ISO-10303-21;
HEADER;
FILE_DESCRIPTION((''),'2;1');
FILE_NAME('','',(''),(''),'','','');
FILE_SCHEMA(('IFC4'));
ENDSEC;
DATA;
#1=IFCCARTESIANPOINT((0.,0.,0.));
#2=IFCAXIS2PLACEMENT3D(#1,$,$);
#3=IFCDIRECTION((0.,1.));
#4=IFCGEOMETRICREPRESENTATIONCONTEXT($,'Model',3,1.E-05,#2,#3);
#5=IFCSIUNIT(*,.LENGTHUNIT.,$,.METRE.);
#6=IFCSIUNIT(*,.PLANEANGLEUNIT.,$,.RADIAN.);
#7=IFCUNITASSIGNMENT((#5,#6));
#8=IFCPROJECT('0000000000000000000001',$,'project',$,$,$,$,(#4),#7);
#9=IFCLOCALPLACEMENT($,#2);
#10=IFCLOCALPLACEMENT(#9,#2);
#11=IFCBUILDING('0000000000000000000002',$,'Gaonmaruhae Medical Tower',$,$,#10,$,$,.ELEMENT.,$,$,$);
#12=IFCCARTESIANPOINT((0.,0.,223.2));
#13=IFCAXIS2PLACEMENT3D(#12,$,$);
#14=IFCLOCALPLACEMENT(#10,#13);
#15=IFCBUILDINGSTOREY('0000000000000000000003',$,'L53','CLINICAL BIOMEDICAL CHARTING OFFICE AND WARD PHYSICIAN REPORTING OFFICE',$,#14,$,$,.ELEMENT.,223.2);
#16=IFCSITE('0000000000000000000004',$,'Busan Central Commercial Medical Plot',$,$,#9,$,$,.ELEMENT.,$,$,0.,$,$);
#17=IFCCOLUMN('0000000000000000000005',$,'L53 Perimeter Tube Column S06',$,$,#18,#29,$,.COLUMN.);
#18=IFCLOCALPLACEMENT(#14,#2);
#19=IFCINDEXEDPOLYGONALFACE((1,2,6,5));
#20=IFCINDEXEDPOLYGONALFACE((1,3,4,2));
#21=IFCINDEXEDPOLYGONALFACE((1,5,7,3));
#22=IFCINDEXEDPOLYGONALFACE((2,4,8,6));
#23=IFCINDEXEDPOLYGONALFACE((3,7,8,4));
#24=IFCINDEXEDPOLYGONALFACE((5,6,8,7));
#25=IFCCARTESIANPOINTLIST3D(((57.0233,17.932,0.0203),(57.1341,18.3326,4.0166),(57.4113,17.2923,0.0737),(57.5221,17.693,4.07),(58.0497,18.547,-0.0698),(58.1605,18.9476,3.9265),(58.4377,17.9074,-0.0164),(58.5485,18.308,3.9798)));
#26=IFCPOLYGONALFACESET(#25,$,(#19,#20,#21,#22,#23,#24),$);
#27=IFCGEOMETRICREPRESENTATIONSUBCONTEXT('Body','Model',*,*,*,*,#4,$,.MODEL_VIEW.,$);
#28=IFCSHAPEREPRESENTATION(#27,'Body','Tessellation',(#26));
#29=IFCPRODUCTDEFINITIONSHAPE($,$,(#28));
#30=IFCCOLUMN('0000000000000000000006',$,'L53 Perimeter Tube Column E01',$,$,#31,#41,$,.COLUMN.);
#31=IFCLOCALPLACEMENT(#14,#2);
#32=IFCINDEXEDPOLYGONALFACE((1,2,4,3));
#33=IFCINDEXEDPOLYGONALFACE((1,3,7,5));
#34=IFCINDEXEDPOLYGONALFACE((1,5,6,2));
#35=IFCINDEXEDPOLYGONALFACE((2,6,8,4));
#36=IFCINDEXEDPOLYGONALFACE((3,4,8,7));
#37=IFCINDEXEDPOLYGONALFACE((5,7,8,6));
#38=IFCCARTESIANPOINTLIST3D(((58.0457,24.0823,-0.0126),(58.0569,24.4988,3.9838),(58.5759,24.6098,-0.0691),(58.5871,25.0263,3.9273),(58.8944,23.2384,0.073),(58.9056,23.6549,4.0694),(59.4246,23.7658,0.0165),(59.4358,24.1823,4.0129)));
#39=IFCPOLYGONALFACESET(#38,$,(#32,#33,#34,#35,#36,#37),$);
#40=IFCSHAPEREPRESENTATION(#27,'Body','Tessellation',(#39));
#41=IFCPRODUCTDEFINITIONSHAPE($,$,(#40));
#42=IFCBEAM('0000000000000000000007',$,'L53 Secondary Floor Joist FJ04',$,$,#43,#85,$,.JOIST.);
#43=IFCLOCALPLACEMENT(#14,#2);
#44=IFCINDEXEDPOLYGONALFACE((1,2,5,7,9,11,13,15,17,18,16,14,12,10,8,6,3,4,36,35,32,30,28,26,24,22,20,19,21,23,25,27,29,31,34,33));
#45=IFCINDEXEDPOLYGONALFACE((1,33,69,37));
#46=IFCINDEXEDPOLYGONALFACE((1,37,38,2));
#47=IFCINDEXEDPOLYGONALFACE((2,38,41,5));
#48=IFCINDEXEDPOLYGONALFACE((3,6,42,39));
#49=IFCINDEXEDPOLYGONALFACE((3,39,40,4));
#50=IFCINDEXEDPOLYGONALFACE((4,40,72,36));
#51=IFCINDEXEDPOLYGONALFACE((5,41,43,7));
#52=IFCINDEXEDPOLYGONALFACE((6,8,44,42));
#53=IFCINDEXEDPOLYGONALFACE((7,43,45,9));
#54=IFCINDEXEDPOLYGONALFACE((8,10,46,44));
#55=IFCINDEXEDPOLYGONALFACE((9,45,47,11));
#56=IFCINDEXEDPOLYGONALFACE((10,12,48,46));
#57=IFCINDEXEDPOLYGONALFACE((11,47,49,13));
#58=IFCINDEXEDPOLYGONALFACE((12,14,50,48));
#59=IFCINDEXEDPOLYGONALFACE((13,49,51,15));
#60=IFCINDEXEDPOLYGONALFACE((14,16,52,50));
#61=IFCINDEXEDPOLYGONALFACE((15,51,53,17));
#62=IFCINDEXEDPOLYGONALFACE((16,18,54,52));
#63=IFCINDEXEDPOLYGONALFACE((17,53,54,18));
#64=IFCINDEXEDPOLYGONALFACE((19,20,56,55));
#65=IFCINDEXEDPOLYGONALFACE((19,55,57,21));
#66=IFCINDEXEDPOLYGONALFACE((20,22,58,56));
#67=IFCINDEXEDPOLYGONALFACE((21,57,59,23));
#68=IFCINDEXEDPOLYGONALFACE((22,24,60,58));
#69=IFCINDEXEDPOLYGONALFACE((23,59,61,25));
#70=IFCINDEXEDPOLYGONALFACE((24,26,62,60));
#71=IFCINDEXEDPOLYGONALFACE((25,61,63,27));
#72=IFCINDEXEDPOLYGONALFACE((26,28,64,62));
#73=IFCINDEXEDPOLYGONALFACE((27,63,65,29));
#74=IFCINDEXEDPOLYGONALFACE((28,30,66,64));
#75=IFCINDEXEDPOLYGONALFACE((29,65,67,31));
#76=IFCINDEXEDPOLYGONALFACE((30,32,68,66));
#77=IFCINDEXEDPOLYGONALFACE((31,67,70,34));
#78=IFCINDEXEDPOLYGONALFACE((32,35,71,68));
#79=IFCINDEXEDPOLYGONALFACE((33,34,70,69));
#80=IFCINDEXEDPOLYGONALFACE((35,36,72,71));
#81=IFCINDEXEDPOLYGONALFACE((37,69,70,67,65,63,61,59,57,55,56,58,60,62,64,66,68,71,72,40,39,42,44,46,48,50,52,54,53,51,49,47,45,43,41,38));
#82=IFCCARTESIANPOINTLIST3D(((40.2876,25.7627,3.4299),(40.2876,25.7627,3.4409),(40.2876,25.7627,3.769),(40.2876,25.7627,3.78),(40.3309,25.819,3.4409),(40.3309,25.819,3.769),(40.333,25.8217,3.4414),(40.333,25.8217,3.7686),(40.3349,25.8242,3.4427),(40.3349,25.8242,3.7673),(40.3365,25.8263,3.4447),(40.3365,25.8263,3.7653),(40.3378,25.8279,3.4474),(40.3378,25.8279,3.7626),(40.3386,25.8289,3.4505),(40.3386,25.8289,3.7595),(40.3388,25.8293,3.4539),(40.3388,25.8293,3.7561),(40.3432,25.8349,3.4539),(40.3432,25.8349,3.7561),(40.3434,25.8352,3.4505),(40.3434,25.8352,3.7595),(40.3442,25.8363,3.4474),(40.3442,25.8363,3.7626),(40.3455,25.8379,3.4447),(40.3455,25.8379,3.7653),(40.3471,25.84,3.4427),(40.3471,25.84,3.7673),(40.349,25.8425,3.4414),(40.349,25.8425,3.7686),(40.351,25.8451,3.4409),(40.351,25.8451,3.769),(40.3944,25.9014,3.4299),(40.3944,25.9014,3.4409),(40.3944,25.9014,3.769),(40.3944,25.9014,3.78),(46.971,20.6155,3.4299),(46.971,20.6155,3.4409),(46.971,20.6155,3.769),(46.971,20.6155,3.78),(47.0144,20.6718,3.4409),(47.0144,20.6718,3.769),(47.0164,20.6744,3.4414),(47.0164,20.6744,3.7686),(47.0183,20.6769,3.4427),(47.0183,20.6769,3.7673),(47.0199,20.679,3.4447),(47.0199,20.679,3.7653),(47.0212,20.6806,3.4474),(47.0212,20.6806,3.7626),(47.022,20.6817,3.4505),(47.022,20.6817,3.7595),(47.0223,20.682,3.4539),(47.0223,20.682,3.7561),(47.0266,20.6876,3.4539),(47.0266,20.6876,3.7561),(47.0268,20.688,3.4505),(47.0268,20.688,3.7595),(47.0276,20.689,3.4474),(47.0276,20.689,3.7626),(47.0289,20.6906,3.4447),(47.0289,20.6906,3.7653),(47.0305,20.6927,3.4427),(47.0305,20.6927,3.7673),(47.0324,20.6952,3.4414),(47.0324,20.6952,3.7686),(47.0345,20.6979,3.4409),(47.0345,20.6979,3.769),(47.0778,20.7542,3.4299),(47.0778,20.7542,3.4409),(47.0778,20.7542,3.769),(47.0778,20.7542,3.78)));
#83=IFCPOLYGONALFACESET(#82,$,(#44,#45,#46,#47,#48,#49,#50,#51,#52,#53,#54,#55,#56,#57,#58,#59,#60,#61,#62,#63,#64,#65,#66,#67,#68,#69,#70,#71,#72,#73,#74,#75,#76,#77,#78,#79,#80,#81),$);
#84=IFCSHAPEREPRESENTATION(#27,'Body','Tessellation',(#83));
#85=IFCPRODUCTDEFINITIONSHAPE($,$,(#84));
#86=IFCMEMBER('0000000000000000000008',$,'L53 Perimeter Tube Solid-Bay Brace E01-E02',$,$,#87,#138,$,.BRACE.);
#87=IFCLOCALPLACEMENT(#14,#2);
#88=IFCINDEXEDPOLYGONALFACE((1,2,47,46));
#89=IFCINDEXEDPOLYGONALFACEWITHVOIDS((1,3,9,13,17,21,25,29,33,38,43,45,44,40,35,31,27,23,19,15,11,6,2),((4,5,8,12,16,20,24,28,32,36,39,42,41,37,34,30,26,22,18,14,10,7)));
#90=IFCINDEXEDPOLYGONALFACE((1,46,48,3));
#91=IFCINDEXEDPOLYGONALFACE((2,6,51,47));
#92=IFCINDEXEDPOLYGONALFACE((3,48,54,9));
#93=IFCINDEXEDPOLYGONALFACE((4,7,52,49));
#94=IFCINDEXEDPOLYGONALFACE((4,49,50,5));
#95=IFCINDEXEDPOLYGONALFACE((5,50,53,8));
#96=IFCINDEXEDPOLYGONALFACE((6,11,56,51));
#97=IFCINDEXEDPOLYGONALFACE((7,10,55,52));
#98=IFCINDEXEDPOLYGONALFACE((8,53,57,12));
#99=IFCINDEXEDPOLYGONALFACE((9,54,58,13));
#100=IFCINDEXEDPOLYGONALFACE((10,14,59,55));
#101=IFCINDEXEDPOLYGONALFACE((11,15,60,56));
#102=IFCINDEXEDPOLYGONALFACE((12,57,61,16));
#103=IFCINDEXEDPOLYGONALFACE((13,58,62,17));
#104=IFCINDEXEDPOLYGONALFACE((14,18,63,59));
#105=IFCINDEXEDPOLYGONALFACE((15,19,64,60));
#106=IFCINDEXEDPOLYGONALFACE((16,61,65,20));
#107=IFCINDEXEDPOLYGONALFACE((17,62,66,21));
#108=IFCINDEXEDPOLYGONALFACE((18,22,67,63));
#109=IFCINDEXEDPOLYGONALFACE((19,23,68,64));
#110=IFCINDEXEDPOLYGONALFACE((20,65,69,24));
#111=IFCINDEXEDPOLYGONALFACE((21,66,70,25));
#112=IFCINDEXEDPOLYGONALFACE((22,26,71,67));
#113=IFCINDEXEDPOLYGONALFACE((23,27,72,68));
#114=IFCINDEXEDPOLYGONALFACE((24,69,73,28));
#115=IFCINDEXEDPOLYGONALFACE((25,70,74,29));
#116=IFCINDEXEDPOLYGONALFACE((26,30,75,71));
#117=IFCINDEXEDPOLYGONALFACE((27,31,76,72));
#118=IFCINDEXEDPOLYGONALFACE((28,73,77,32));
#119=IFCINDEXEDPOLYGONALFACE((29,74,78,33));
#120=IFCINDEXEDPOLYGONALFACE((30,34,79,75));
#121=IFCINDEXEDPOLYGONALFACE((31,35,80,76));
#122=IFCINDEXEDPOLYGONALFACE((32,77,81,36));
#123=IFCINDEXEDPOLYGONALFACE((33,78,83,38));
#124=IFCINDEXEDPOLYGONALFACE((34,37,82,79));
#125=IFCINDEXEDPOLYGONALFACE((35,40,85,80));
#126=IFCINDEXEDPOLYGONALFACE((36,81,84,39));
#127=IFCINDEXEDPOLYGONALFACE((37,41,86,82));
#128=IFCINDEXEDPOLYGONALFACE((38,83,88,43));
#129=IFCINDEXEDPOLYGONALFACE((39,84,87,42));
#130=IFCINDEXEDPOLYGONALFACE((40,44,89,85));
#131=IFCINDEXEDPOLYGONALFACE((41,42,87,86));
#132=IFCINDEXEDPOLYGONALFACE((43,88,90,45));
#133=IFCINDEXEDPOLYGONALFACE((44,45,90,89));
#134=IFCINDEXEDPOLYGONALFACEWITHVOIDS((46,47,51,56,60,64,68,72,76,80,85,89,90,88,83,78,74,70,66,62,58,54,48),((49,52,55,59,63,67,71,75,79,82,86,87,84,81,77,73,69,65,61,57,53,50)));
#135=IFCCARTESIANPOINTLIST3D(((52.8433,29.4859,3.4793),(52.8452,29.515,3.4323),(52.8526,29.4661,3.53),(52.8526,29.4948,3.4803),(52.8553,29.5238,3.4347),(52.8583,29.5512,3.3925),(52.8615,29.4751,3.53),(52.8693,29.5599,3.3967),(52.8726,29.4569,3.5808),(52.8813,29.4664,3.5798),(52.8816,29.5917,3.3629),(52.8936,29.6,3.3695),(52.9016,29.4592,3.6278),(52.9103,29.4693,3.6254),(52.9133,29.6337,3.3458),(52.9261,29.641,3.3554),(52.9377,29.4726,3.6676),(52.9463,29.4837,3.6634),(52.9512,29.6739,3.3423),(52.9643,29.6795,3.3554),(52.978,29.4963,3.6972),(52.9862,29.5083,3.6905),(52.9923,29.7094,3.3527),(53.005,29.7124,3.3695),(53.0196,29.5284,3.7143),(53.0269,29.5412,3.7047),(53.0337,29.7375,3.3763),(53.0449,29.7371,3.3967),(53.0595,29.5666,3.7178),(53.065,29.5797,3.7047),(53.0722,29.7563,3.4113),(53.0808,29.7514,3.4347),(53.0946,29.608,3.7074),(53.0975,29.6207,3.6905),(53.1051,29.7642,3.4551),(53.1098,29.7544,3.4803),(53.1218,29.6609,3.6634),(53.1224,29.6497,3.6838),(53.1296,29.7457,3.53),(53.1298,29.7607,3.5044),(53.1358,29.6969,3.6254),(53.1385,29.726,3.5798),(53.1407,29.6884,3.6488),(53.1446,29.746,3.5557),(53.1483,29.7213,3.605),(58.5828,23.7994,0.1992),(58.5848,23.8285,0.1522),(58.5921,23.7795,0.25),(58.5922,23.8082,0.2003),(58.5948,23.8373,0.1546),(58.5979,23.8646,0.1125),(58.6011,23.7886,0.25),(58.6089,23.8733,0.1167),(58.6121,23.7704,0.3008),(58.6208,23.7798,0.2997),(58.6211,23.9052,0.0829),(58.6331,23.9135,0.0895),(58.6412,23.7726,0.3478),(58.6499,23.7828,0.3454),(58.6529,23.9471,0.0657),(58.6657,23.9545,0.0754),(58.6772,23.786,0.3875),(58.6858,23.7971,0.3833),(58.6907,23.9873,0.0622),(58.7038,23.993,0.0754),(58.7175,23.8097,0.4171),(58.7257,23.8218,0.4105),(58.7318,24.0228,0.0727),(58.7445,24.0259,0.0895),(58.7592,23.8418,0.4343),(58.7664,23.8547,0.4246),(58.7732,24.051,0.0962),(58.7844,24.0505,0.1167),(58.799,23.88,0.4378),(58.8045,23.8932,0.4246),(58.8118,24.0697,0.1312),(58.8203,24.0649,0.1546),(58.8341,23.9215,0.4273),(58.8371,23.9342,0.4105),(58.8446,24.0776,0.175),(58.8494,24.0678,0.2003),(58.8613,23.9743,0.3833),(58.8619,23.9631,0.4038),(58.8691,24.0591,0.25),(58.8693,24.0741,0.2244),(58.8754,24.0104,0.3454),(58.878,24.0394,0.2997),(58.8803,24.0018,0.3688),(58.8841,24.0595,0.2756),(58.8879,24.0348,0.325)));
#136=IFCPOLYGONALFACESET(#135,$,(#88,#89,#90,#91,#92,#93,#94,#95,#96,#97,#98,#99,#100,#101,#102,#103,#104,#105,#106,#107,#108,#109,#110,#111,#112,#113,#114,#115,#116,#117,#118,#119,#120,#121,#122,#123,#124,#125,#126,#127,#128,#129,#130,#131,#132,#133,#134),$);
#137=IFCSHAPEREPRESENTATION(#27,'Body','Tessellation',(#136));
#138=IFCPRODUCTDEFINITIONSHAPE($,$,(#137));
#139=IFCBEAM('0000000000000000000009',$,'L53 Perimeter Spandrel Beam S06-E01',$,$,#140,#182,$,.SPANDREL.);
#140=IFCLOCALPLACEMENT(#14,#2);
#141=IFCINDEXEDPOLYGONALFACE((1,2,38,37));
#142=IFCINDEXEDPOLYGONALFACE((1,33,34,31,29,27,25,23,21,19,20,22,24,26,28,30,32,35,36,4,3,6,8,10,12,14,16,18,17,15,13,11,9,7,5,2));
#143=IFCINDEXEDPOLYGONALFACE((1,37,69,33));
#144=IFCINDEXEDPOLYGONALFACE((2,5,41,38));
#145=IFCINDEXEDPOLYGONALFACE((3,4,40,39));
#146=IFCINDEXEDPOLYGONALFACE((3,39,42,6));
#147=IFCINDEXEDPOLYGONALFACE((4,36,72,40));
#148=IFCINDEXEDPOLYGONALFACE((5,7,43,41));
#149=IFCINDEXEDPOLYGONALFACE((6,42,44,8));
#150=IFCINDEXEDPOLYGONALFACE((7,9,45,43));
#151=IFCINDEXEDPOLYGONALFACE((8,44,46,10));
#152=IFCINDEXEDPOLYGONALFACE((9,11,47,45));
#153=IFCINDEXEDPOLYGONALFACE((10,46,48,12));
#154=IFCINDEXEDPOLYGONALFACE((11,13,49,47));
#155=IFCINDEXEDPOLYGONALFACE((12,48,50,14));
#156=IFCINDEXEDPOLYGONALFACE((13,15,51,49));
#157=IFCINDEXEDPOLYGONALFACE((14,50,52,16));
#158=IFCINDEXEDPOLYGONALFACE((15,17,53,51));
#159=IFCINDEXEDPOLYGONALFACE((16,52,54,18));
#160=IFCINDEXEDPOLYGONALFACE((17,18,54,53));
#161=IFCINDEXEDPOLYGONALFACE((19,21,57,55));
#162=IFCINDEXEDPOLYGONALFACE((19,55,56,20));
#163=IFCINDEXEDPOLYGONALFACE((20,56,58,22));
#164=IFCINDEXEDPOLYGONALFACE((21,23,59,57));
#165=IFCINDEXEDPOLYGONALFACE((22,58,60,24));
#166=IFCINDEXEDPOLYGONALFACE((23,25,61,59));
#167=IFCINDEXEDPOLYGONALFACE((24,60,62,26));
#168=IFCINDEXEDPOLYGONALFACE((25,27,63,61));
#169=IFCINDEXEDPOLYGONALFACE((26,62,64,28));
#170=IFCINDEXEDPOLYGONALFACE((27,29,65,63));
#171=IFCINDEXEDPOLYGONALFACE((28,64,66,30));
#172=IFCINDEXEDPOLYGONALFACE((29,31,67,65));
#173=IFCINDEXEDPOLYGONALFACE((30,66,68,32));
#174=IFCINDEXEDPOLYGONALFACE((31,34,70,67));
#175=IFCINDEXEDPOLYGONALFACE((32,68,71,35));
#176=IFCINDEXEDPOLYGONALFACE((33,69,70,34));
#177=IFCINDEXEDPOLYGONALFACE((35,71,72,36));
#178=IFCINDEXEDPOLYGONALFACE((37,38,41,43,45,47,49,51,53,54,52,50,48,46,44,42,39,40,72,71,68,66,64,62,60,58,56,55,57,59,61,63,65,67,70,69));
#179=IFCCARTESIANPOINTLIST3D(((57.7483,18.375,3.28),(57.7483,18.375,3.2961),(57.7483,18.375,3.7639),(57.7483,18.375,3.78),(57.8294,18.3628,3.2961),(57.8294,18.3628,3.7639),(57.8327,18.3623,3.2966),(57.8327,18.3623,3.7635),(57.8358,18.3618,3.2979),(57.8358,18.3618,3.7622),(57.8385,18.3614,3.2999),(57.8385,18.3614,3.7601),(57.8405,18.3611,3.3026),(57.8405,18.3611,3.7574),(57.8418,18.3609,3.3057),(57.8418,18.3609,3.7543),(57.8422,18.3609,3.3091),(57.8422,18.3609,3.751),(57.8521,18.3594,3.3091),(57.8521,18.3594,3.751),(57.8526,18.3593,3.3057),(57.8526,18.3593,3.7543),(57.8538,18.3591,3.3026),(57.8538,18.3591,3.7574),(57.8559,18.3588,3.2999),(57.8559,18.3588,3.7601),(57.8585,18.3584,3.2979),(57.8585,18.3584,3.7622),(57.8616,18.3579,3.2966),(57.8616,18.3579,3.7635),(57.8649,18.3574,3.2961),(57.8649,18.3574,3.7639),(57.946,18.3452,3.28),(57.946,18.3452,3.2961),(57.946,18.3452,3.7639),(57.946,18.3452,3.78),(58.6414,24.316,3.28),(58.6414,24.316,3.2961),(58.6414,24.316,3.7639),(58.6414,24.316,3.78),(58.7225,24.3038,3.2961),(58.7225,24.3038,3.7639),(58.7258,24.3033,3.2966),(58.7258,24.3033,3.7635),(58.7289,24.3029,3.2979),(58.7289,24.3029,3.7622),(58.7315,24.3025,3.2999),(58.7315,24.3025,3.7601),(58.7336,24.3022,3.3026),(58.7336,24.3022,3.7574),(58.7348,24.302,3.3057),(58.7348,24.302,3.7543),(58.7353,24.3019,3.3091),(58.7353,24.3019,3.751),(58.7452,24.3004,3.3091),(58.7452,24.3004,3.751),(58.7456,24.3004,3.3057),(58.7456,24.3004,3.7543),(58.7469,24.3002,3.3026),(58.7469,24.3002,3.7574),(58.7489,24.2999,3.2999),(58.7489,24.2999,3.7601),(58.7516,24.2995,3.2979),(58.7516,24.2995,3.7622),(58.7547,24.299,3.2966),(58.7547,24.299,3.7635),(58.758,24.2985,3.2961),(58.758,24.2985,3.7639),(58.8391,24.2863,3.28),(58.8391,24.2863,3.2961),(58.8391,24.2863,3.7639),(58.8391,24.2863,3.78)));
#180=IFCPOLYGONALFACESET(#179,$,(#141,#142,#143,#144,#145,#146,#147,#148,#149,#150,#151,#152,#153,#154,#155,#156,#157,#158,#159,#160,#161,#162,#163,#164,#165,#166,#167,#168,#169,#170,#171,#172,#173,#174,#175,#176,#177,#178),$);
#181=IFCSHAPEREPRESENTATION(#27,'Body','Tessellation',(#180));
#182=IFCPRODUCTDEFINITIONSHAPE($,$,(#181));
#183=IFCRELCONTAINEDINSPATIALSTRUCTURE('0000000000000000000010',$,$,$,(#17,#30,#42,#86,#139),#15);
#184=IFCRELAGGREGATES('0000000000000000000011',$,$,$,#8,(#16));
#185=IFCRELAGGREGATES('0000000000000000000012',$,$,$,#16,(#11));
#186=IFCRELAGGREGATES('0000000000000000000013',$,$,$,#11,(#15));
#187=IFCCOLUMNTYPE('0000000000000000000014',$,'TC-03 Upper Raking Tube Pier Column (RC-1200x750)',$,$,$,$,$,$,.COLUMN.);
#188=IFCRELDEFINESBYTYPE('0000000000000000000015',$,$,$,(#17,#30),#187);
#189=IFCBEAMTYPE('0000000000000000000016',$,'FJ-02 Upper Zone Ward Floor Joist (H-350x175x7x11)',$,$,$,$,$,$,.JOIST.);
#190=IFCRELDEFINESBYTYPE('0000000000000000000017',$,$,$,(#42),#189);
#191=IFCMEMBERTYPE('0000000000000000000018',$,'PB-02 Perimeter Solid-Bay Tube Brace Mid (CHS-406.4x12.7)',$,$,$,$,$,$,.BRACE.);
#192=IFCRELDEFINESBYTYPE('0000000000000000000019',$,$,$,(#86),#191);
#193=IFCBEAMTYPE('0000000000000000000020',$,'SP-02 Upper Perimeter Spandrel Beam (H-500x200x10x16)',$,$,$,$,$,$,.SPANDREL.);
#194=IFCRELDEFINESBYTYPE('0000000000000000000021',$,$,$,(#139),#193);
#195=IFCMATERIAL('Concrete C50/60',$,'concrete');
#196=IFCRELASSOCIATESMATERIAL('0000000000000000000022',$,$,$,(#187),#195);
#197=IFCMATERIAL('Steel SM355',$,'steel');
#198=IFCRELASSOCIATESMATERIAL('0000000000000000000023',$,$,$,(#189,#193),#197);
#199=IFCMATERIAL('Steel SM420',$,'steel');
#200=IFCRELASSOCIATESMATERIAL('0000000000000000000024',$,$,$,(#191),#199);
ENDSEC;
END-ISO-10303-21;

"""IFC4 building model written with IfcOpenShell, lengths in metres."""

from ifc_helpers import new_model, si_unit, direction, frame, origin, origin_2d, place, context, subcontext, project, spatial, rectangle, hollow_circle, i_section, extrude, material, material_profile, profile_set, type_object, element, save


model = new_model("IFC4")

# Units and contexts
model_context = context("Model", 3, precision=1e-05, world=origin(), true_north=direction((0.0, 1.0)))
body_context = subcontext(model_context, "Body", "Model", "MODEL_VIEW")
ifc_project = project(units=[si_unit("LENGTHUNIT", "METRE"), si_unit("PLANEANGLEUNIT", "RADIAN")], contexts=[model_context])

# Site, building, storey
site_placement = place(None, origin())
site = spatial("IfcSite", under=ifc_project, at=site_placement, Name="Busan Central Commercial Medical Plot", CompositionType="ELEMENT", RefElevation=0.0)
building_placement = place(site_placement, origin())
building = spatial("IfcBuilding", under=site, at=building_placement, Name="Gaonmaruhae Medical Tower", CompositionType="ELEMENT")
storey_placement = place(building_placement, frame((0.0, 0.0, 223.2)))
storey = spatial("IfcBuildingStorey", under=building, at=storey_placement, Name="L53", Description="CLINICAL BIOMEDICAL CHARTING OFFICE AND WARD PHYSICIAN REPORTING OFFICE", CompositionType="ELEMENT", Elevation=223.2)

# Columns
ifc_material_1 = material(Name="Concrete C50/60", Category="concrete")
ifc_material_profile_1 = material_profile(ifc_material_1, rectangle(XDim=1.2, YDim=0.75, at=origin_2d()), Name="RC-1200x750")
ifc_profile_set_1 = profile_set([ifc_material_profile_1], Name="Concrete C50/60")
column_type = type_object("IfcColumnType", Name="TC-03 Upper Raking Tube Pier Column (RC-1200x750)", PredefinedType="COLUMN", material=ifc_profile_set_1)
column_1_placement = place(storey_placement, frame((57.7305, 17.9197, 0.002), z_axis=(0.027587, 0.099713, 0.994634), x_axis=(-0.855361, -0.512559, 0.075108)))
element("IfcColumn", 1, at=column_1_placement, inside=storey, type_object=column_type, Name="L53 Perimeter Tube Column S06", PredefinedType="COLUMN", context=body_context, shape_type="SweptSolid", body=[
    extrude(rectangle(XDim=1.2, YDim=0.75, at=origin_2d()), origin(), (0.0, 0.0, 1.0), 4.0178),
])
column_2_placement = place(storey_placement, frame((58.7351, 23.9241, 0.002), z_axis=(0.002795, 0.10366, 0.994609), x_axis=(0.707274, -0.703333, 0.071315)))
element("IfcColumn", 2, at=column_2_placement, inside=storey, type_object=column_type, Name="L53 Perimeter Tube Column E01", PredefinedType="COLUMN", context=body_context, shape_type="SweptSolid", body=[
    extrude(rectangle(XDim=1.2, YDim=0.75, at=origin_2d()), origin(), (0.0, 0.0, 1.0), 4.0181),
])

# Beam
ifc_material_2 = material(Name="Steel SM355", Category="steel")
ifc_material_profile_2 = material_profile(ifc_material_2, i_section(OverallWidth=0.175, OverallDepth=0.3501, WebThickness=0.0071, FlangeThickness=0.011, FilletRadius=0.0129, at=origin_2d()), Name="H-350x175x7x11")
ifc_profile_set_2 = profile_set([ifc_material_profile_2], Name="Steel SM355")
beam_type_1 = type_object("IfcBeamType", Name="FJ-02 Upper Zone Ward Floor Joist (H-350x175x7x11)", PredefinedType="JOIST", material=ifc_profile_set_2)
beam_1_placement = place(storey_placement, frame((47.0244, 20.6848, 3.605), z_axis=(-0.79227, 0.610171, 0.0), x_axis=(-0.610171, -0.79227, 0.0)))
element("IfcBeam", 3, at=beam_1_placement, inside=storey, type_object=beam_type_1, Name="L53 Secondary Floor Joist FJ04", PredefinedType="JOIST", context=body_context, shape_type="SweptSolid", body=[
    extrude(i_section(OverallWidth=0.175, OverallDepth=0.3501, WebThickness=0.0071, FlangeThickness=0.011, FilletRadius=0.0129, at=origin_2d()), origin(), (0.0, 0.0, 1.0), 8.4358),
])

# Member
ifc_material_3 = material(Name="Steel SM420", Category="steel")
ifc_material_profile_3 = material_profile(ifc_material_3, hollow_circle(Radius=0.2031, WallThickness=0.0127, at=origin_2d()), Name="CHS-406.4x12.7")
ifc_profile_set_3 = profile_set([ifc_material_profile_3], Name="Steel SM420")
member_type = type_object("IfcMemberType", Name="PB-02 Perimeter Solid-Bay Tube Brace Mid (CHS-406.4x12.7)", PredefinedType="BRACE", material=ifc_profile_set_3)
member_placement = place(storey_placement, frame((58.7351, 23.9238, 0.25), z_axis=(-0.658206, 0.65213, 0.376154), x_axis=(-0.703821, -0.710378, 0.0)))
element("IfcMember", 4, at=member_placement, inside=storey, type_object=member_type, Name="L53 Perimeter Tube Solid-Bay Brace E01-E02", PredefinedType="BRACE", context=body_context, shape_type="SweptSolid", body=[
    extrude(hollow_circle(Radius=0.2031, WallThickness=0.0127, at=origin_2d()), origin(), (0.0, 0.0, 1.0), 8.72),
])

# Beam
ifc_material_profile_4 = material_profile(ifc_material_2, i_section(OverallWidth=0.2, OverallDepth=0.5, WebThickness=0.01, FlangeThickness=0.0161, FilletRadius=0.0129, at=origin_2d()), Name="H-500x200x10x16")
ifc_profile_set_4 = profile_set([ifc_material_profile_4], Name="Steel SM355")
beam_type_2 = type_object("IfcBeamType", Name="SP-02 Upper Perimeter Spandrel Beam (H-500x200x10x16)", PredefinedType="SPANDREL", material=ifc_profile_set_4)
beam_2_placement = place(storey_placement, frame((57.8472, 18.3601, 3.53), z_axis=(0.148648, 0.98889, 0.0), x_axis=(-0.98889, 0.148648, 0.0)))
element("IfcBeam", 5, at=beam_2_placement, inside=storey, type_object=beam_type_2, Name="L53 Perimeter Spandrel Beam S06-E01", PredefinedType="SPANDREL", context=body_context, shape_type="SweptSolid", body=[
    extrude(i_section(OverallWidth=0.2, OverallDepth=0.5, WebThickness=0.01, FlangeThickness=0.0161, FilletRadius=0.0129, at=origin_2d()), origin(), (0.0, 0.0, 1.0), 6.0078),
])

save(model, "model.ifc")
